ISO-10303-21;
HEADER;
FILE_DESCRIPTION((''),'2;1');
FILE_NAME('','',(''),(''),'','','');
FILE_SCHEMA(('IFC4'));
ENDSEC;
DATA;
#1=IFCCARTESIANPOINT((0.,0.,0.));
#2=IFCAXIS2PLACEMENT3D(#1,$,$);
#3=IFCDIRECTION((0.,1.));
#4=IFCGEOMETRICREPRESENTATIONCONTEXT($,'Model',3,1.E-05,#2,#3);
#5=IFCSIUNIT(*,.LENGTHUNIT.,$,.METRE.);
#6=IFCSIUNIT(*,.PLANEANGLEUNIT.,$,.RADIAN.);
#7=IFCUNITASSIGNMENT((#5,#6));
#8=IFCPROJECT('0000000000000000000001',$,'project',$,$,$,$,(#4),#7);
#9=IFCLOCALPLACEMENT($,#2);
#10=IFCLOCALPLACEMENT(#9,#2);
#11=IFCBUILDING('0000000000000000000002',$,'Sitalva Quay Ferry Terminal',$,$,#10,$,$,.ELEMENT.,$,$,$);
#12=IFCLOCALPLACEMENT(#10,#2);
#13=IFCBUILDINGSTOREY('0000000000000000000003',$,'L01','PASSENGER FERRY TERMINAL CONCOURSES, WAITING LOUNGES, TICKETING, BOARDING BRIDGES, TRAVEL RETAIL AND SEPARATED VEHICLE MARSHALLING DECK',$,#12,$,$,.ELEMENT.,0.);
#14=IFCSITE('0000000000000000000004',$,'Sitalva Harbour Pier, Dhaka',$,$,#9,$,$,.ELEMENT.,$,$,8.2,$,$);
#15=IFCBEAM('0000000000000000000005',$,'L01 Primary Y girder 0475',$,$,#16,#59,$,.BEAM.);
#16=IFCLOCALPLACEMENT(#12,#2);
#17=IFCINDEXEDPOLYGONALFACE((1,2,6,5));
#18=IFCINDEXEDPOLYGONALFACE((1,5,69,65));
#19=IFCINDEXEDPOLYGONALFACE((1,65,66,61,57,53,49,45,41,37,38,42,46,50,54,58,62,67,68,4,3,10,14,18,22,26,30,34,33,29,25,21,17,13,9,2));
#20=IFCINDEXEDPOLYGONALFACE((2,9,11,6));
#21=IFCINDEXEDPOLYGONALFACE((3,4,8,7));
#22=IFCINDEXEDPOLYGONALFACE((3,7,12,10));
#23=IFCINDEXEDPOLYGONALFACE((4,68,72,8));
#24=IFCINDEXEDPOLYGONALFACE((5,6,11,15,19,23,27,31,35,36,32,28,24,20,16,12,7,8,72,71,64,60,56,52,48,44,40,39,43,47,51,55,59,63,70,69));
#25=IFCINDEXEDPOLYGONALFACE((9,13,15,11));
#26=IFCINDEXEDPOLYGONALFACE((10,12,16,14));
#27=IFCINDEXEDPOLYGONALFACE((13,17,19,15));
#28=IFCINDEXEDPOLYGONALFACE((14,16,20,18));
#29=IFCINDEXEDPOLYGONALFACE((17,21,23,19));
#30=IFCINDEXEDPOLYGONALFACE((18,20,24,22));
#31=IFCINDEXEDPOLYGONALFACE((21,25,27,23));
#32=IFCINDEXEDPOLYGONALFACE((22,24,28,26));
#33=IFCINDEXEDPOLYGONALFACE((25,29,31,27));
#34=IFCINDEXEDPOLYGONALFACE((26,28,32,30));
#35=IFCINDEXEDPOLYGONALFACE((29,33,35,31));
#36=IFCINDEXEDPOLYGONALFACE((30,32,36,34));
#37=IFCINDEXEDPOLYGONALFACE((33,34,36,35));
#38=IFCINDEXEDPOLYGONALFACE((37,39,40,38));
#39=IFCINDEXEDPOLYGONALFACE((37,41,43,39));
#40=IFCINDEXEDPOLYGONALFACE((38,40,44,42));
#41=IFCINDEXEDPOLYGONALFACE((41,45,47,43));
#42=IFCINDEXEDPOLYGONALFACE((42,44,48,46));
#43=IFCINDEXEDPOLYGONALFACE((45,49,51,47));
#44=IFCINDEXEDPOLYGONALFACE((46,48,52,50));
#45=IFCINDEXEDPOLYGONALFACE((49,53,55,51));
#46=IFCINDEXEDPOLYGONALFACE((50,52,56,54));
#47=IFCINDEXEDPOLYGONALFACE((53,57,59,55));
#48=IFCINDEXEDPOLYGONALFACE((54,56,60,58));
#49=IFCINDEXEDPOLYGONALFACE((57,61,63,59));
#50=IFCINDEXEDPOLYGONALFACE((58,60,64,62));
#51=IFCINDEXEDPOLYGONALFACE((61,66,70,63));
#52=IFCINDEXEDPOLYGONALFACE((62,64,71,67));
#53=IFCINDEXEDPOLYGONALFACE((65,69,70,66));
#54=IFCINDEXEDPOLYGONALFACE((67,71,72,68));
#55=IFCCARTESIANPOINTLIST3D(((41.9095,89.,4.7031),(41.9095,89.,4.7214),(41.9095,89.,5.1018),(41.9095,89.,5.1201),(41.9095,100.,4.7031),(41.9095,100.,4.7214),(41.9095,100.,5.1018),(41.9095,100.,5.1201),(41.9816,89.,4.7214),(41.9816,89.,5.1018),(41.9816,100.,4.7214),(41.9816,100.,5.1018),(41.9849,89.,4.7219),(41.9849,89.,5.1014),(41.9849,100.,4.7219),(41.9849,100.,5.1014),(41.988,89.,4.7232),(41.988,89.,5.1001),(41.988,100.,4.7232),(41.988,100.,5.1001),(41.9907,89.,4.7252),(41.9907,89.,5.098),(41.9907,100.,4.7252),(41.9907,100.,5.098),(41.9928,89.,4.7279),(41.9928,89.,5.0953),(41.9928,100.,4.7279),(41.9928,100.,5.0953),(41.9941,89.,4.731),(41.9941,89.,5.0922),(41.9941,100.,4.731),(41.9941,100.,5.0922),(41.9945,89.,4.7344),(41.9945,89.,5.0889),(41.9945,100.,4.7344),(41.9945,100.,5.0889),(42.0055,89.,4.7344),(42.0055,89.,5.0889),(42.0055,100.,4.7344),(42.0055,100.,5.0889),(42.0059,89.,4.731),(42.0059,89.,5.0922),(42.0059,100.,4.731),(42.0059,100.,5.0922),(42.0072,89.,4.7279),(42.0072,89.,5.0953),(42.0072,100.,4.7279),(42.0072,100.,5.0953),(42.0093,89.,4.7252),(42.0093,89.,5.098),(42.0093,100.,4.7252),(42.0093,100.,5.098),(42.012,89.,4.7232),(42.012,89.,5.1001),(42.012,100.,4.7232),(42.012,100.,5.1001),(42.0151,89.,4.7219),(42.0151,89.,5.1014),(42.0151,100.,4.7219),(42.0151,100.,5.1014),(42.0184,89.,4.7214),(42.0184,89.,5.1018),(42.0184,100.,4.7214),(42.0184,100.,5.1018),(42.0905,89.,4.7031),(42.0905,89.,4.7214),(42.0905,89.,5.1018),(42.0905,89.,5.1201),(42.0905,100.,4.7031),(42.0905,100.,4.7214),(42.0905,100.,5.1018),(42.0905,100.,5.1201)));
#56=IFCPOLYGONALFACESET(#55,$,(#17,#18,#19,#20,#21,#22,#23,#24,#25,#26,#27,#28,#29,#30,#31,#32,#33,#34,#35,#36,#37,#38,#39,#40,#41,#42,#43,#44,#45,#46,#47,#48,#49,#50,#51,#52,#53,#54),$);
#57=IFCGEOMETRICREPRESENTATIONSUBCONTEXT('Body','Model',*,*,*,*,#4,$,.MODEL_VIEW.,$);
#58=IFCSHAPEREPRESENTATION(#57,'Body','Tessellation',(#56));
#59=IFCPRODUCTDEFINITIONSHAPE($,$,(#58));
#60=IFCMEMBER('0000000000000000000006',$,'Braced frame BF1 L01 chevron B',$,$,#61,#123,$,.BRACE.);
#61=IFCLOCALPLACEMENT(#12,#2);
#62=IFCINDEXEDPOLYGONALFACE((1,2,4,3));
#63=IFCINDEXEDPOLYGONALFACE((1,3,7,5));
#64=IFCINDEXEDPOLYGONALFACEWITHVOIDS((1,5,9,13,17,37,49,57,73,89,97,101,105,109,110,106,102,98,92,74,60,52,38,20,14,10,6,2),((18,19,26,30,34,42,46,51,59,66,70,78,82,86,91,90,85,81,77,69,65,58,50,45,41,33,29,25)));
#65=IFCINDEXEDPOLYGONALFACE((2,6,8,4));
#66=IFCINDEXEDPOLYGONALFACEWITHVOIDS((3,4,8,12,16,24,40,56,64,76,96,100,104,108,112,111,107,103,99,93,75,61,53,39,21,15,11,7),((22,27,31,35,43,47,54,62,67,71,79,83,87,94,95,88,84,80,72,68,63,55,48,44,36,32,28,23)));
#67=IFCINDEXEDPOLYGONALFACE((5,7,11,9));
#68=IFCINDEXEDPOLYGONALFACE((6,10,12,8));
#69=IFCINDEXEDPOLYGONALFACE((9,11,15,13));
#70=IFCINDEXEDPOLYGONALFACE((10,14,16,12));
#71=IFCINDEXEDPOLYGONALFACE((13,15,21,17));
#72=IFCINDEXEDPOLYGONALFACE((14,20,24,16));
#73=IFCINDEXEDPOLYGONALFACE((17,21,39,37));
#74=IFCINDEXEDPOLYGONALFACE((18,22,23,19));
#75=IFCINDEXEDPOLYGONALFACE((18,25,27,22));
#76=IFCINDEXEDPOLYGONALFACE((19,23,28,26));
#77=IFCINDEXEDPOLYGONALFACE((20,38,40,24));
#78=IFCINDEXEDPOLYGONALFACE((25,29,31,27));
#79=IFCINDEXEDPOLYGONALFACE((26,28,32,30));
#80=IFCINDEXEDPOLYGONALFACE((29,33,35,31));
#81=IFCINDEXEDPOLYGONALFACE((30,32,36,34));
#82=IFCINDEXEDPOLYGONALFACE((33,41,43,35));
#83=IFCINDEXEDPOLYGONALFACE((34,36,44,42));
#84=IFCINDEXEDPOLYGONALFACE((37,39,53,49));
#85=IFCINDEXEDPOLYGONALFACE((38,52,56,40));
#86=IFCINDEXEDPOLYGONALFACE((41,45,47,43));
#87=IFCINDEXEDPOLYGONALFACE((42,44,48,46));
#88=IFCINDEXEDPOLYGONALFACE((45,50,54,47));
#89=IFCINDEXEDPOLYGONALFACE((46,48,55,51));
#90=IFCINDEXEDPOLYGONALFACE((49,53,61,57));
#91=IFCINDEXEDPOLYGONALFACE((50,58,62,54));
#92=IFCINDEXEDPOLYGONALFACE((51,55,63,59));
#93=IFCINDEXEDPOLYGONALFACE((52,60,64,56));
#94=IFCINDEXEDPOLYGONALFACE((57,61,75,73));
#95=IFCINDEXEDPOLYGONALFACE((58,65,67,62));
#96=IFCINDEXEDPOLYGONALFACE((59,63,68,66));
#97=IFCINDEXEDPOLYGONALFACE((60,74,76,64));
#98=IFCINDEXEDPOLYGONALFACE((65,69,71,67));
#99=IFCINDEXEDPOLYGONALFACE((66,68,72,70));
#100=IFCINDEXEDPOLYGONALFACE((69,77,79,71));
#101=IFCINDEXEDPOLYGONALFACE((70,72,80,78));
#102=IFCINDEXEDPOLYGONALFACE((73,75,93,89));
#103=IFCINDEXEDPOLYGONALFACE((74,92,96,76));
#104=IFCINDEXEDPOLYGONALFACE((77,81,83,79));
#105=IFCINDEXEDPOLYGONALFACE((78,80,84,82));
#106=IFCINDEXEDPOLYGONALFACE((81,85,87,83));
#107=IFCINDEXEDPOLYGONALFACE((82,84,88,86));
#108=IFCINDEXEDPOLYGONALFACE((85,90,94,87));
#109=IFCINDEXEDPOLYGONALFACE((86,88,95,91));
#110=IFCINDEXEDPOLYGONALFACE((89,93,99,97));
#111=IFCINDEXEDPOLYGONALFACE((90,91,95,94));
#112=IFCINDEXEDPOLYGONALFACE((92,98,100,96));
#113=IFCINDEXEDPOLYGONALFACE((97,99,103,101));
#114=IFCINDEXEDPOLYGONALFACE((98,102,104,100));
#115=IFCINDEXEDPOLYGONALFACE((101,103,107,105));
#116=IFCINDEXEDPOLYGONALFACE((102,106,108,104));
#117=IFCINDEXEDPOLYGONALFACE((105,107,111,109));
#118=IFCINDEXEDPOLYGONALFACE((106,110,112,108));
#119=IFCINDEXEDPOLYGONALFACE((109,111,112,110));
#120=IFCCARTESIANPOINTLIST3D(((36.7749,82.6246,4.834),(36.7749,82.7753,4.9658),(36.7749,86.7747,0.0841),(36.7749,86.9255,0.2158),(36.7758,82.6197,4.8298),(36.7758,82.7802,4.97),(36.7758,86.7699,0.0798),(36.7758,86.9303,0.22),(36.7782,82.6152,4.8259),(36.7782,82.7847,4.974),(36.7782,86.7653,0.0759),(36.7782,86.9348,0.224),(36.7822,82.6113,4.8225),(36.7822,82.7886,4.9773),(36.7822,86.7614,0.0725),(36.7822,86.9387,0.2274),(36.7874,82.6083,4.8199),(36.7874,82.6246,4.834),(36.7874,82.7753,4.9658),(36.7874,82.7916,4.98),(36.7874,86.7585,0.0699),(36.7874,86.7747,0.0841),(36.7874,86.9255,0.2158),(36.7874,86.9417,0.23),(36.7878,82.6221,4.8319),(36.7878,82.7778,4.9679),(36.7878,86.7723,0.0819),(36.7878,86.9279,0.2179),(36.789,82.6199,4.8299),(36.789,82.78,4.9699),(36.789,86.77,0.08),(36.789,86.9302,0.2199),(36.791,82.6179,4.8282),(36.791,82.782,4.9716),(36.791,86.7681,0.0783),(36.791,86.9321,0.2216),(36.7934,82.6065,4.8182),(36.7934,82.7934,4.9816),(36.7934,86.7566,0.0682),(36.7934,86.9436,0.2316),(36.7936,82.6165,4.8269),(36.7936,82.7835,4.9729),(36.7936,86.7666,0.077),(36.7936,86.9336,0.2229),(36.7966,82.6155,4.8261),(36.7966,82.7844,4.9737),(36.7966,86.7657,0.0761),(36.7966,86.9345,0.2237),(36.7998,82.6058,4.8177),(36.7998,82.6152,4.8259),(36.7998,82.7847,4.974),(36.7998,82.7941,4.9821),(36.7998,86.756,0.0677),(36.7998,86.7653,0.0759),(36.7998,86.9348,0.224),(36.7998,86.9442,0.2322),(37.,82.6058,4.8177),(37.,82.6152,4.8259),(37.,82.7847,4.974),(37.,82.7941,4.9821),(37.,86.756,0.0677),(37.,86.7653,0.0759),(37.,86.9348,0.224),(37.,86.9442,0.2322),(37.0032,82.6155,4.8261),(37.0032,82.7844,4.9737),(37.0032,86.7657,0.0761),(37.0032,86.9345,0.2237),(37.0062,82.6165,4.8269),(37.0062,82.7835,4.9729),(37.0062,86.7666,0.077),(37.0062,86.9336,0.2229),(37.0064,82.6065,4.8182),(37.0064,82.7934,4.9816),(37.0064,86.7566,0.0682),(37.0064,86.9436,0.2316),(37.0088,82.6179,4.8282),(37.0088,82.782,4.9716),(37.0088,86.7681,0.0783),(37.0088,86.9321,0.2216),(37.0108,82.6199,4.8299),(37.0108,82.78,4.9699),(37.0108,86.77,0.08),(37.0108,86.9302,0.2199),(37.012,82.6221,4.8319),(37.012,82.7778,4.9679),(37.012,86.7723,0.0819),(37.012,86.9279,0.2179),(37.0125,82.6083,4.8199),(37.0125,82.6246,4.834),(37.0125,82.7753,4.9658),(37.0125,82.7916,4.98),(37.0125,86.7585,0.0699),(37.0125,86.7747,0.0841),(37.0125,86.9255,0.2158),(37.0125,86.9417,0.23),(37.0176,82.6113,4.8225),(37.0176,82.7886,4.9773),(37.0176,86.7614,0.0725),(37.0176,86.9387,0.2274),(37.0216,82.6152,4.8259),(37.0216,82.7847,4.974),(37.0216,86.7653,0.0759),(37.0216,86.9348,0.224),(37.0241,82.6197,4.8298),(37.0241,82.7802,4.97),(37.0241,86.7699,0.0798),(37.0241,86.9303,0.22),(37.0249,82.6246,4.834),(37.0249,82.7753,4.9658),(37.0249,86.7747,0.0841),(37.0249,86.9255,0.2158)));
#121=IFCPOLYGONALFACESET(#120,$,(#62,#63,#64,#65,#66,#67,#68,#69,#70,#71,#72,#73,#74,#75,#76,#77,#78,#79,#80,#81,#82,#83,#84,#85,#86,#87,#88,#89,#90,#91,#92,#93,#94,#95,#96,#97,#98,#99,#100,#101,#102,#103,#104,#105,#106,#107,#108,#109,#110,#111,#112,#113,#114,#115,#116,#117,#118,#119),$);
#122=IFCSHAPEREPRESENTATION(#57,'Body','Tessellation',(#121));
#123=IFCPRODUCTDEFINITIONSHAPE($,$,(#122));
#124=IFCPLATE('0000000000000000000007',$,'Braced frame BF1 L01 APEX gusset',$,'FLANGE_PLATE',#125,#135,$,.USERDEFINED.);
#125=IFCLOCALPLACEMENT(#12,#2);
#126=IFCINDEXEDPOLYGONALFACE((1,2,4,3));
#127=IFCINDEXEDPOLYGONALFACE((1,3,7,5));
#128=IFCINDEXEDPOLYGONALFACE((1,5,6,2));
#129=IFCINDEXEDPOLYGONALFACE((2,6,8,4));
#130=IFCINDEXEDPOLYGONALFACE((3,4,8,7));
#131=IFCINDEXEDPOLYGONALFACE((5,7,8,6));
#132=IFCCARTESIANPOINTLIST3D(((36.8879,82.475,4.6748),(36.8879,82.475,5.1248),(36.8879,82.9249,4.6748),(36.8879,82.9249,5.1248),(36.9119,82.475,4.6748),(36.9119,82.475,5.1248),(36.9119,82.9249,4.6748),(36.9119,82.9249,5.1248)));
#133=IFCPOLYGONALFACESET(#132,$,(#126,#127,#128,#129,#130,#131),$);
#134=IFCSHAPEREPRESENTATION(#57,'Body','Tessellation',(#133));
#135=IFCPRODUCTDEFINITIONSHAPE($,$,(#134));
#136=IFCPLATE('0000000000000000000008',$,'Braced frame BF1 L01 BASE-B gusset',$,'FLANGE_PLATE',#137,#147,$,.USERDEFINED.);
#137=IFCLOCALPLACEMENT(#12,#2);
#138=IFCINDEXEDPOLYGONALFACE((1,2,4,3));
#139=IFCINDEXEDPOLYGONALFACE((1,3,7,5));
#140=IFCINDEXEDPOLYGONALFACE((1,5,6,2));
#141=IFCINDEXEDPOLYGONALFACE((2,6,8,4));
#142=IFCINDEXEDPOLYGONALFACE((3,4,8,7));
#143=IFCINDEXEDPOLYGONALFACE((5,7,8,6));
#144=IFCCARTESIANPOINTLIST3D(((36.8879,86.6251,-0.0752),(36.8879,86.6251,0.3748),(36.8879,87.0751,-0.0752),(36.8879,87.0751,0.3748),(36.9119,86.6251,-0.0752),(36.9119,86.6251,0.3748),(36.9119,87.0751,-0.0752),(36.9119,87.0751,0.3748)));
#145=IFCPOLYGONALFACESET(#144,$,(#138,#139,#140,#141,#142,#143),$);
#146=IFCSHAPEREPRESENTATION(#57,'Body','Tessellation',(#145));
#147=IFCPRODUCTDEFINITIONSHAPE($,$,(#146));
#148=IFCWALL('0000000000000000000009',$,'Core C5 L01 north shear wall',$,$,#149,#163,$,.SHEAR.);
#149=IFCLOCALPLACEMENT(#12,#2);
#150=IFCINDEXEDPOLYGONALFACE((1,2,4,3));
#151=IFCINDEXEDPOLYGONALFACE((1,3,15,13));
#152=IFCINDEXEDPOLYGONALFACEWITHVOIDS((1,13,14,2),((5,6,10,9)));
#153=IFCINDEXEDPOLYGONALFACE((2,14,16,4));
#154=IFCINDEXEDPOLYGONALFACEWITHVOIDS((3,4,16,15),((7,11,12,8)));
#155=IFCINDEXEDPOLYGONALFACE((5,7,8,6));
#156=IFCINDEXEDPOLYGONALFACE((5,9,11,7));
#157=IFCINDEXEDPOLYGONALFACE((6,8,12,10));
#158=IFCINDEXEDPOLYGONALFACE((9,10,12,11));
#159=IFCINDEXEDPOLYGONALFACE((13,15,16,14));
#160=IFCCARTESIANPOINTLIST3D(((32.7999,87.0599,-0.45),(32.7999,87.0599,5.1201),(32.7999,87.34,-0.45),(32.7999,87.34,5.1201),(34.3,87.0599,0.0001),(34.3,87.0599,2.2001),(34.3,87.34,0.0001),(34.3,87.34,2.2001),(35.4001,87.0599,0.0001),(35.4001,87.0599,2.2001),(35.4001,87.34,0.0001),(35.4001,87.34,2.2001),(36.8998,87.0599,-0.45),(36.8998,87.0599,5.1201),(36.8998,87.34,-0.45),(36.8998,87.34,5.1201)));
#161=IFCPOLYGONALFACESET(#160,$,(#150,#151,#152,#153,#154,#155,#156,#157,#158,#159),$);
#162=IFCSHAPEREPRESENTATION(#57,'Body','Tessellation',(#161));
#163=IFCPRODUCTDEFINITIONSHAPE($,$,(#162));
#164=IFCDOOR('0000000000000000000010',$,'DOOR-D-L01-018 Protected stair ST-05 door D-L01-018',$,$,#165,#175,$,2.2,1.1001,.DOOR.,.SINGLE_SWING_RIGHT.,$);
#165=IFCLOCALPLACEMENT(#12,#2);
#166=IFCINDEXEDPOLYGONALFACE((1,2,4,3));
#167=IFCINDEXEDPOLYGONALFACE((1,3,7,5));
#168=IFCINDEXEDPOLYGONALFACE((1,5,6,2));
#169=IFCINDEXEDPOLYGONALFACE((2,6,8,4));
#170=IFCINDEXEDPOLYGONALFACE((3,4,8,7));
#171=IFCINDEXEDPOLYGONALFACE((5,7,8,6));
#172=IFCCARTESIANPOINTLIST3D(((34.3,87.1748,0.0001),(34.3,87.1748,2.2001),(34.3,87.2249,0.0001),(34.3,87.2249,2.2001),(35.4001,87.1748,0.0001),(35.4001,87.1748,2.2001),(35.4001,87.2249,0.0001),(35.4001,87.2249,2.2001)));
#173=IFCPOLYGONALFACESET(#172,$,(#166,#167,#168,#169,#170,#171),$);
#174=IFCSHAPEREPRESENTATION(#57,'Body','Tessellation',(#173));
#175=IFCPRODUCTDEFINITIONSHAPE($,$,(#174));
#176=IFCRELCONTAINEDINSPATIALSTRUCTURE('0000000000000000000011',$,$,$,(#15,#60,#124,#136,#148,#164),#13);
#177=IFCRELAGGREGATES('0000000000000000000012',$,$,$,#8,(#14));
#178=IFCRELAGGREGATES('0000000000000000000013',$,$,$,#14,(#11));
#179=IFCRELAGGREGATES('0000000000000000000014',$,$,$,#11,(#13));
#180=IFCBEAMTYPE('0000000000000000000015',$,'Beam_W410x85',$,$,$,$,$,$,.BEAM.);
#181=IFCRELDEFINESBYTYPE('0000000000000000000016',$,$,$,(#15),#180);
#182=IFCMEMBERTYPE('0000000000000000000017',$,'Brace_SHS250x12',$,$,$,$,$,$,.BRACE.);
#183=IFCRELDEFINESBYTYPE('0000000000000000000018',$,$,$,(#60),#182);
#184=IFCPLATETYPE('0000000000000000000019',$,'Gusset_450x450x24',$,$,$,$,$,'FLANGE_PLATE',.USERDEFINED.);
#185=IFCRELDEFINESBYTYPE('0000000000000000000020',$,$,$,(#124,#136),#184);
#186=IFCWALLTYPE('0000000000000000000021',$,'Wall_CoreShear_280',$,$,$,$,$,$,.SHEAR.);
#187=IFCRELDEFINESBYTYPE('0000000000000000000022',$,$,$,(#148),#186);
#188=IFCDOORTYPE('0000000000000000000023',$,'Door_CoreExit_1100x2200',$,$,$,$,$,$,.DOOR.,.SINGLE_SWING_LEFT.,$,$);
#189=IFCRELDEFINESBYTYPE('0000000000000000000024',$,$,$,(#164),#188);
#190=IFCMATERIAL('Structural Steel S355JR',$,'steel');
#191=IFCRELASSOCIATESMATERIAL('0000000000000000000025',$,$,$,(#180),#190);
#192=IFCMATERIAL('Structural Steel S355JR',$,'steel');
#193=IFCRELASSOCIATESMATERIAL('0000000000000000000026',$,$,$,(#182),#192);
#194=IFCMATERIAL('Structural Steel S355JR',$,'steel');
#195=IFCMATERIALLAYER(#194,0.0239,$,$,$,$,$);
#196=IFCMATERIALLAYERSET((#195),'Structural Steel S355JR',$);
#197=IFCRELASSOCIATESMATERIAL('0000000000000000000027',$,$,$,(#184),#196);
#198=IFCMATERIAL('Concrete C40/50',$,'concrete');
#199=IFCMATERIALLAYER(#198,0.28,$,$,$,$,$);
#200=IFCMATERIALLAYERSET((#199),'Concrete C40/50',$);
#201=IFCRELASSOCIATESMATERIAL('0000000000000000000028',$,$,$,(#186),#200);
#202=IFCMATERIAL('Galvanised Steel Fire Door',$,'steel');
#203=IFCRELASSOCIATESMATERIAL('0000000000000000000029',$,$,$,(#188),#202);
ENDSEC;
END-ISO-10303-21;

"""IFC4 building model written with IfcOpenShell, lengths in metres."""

from ifc_helpers import new_model, si_unit, direction, frame, frame_2d, origin, origin_2d, place, context, subcontext, project, spatial, rectangle, hollow_rectangle, i_section, extrude, material, layer, layer_set, material_profile, profile_set, type_object, element, fill, save


model = new_model("IFC4")

# Units and contexts
model_context = context("Model", 3, precision=1e-05, world=origin(), true_north=direction((0.0, 1.0)))
body_context = subcontext(model_context, "Body", "Model", "MODEL_VIEW")
ifc_project = project(units=[si_unit("LENGTHUNIT", "METRE"), si_unit("PLANEANGLEUNIT", "RADIAN")], contexts=[model_context])

# Site, building, storey
site_placement = place(None, origin())
site = spatial("IfcSite", under=ifc_project, at=site_placement, Name="Sitalva Harbour Pier, Dhaka", CompositionType="ELEMENT", RefElevation=8.2)
building_placement = place(site_placement, origin())
building = spatial("IfcBuilding", under=site, at=building_placement, Name="Sitalva Quay Ferry Terminal", CompositionType="ELEMENT")
storey_placement = place(building_placement, origin())
storey = spatial("IfcBuildingStorey", under=building, at=storey_placement, Name="L01", Description="PASSENGER FERRY TERMINAL CONCOURSES, WAITING LOUNGES, TICKETING, BOARDING BRIDGES, TRAVEL RETAIL AND SEPARATED VEHICLE MARSHALLING DECK", CompositionType="ELEMENT", Elevation=0.0)

# Beam
ifc_material_1 = material(Name="Structural Steel S355JR", Category="steel")
ifc_material_profile_1 = material_profile(ifc_material_1, i_section(OverallWidth=0.1809, OverallDepth=0.417, WebThickness=0.011, FlangeThickness=0.0183, FilletRadius=0.0129, at=origin_2d()), Name="W410x85")
ifc_profile_set_1 = profile_set([ifc_material_profile_1], Name="Structural Steel S355JR")
beam_type_1 = type_object("IfcBeamType", Name="Beam_W410x85", PredefinedType="BEAM", material=ifc_profile_set_1)
beam_1_placement = place(storey_placement, frame((42.0, 89.0, 4.9116), z_axis=(0.0, 1.0, 0.0), x_axis=(-1.0, 0.0, 0.0)))
element("IfcBeam", 1, at=beam_1_placement, inside=storey, type_object=beam_type_1, Name="L01 Primary Y girder 0475", PredefinedType="BEAM", context=body_context, shape_type="SweptSolid", body=[
    extrude(i_section(OverallWidth=0.1809, OverallDepth=0.417, WebThickness=0.011, FlangeThickness=0.0183, FilletRadius=0.0129, at=origin_2d()), origin(), (0.0, 0.0, 1.0), 11.0),
])

# Member
ifc_material_2 = material(Name="Structural Steel S355JR", Category="steel")
ifc_material_profile_2 = material_profile(ifc_material_2, hollow_rectangle(XDim=0.25, YDim=0.25, WallThickness=0.0125, InnerFilletRadius=0.0125, OuterFilletRadius=0.0249, at=origin_2d()), Name="SHS250x250x12.5")
ifc_profile_set_2 = profile_set([ifc_material_profile_2], Name="Structural Steel S355JR")
member_type = type_object("IfcMemberType", Name="Brace_SHS250x12", PredefinedType="BRACE", material=ifc_profile_set_2)
member_placement = place(storey_placement, frame((36.8999, 82.7, 4.8999), z_axis=(0.0, 0.657956, -0.753056), x_axis=(-1.0, 0.0, 0.0)))
element("IfcMember", 2, at=member_placement, inside=storey, type_object=member_type, Name="Braced frame BF1 L01 chevron B", PredefinedType="BRACE", context=body_context, shape_type="SweptSolid", body=[
    extrude(hollow_rectangle(XDim=0.25, YDim=0.25, WallThickness=0.0125, InnerFilletRadius=0.0125, OuterFilletRadius=0.0249, at=origin_2d()), origin(), (0.0, 0.0, 1.0), 6.3076),
])

# Plates
ifc_material_3 = material(Name="Structural Steel S355JR", Category="steel")
ifc_layer_1 = layer(ifc_material_3, 0.0239)
ifc_layer_set_1 = layer_set([ifc_layer_1], Name="Structural Steel S355JR")
plate_type = type_object("IfcPlateType", Name="Gusset_450x450x24", ElementType="FLANGE_PLATE", PredefinedType="USERDEFINED", material=ifc_layer_set_1)
for number, where, z_axis, x_axis, name in (
    (3, (36.8999, 82.7, 4.6748), (0.0, 0.0, 1.0), (1.0, 0.0, 0.0), "Braced frame BF1 L01 APEX gusset"),
    (4, (36.8999, 86.8501, -0.0752), (0.0, 0.0, 1.0), (1.0, 0.0, 0.0), "Braced frame BF1 L01 BASE-B gusset"),
):
    element("IfcPlate", number, at=place(storey_placement, frame(where, z_axis=z_axis, x_axis=x_axis)), inside=storey, type_object=plate_type, Name=name, ObjectType="FLANGE_PLATE", PredefinedType="USERDEFINED", context=body_context, shape_type="SweptSolid", body=[
        extrude(rectangle(XDim=0.0239, YDim=0.45, at=origin_2d()), origin(), (0.0, 0.0, 1.0), 0.45),
    ])

# Wall, opening, door
ifc_material_4 = material(Name="Concrete C40/50", Category="concrete")
ifc_layer_2 = layer(ifc_material_4, 0.28)
ifc_layer_set_2 = layer_set([ifc_layer_2], Name="Concrete C40/50")
wall_type_1 = type_object("IfcWallType", Name="Wall_CoreShear_280", PredefinedType="SHEAR", material=ifc_layer_set_2)
wall_1_placement = place(storey_placement, frame((32.8, 87.2, -0.45), z_axis=(0.0, 0.0, 1.0), x_axis=(1.0, 0.0, 0.0)))
wall_1 = element("IfcWall", 5, at=wall_1_placement, inside=storey, type_object=wall_type_1, Name="Core C5 L01 north shear wall", PredefinedType="SHEAR", context=body_context, shape_type="SweptSolid", body=[
    extrude(rectangle(XDim=4.0999, YDim=0.28, at=frame_2d((2.0498, 0.0))), origin(), (0.0, 0.0, 1.0), 5.5701),
])
opening_1_placement = place(wall_1_placement, frame((1.5, 0.0, 0.45)))
opening_1 = element("IfcOpeningElement", 6, at=opening_1_placement, cuts=wall_1, PredefinedType="OPENING", context=body_context, shape_type="SweptSolid", body=[
    extrude(rectangle(XDim=1.1001, YDim=2.2, at=frame_2d((0.55, 1.1001))), frame((0.0, 0.1499, 0.0), z_axis=(0.0, -1.0, 0.0), x_axis=(1.0, 0.0, 0.0)), (0.0, 0.0, 1.0), 0.3),
])
ifc_material_5 = material(Name="Galvanised Steel Fire Door", Category="steel")
door_type_1 = type_object("IfcDoorType", Name="Door_CoreExit_1100x2200", OperationType="SINGLE_SWING_LEFT", PredefinedType="DOOR", material=ifc_material_5)
door_1_placement = place(opening_1_placement, origin())
door_1 = element("IfcDoor", 7, at=door_1_placement, inside=storey, type_object=door_type_1, Name="DOOR-D-L01-018 Protected stair ST-05 door D-L01-018", OperationType="SINGLE_SWING_RIGHT", OverallHeight=2.2, OverallWidth=1.1001, PredefinedType="DOOR", context=body_context, shape_type="SweptSolid", body=[
    extrude(rectangle(XDim=1.1001, YDim=2.2, at=frame_2d((0.55, 1.1001))), frame((0.0, 0.0249, 0.0), z_axis=(0.0, -1.0, 0.0), x_axis=(1.0, 0.0, 0.0)), (0.0, 0.0, 1.0), 0.05),
])
fill(opening_1, door_1)

save(model, "model.ifc")
